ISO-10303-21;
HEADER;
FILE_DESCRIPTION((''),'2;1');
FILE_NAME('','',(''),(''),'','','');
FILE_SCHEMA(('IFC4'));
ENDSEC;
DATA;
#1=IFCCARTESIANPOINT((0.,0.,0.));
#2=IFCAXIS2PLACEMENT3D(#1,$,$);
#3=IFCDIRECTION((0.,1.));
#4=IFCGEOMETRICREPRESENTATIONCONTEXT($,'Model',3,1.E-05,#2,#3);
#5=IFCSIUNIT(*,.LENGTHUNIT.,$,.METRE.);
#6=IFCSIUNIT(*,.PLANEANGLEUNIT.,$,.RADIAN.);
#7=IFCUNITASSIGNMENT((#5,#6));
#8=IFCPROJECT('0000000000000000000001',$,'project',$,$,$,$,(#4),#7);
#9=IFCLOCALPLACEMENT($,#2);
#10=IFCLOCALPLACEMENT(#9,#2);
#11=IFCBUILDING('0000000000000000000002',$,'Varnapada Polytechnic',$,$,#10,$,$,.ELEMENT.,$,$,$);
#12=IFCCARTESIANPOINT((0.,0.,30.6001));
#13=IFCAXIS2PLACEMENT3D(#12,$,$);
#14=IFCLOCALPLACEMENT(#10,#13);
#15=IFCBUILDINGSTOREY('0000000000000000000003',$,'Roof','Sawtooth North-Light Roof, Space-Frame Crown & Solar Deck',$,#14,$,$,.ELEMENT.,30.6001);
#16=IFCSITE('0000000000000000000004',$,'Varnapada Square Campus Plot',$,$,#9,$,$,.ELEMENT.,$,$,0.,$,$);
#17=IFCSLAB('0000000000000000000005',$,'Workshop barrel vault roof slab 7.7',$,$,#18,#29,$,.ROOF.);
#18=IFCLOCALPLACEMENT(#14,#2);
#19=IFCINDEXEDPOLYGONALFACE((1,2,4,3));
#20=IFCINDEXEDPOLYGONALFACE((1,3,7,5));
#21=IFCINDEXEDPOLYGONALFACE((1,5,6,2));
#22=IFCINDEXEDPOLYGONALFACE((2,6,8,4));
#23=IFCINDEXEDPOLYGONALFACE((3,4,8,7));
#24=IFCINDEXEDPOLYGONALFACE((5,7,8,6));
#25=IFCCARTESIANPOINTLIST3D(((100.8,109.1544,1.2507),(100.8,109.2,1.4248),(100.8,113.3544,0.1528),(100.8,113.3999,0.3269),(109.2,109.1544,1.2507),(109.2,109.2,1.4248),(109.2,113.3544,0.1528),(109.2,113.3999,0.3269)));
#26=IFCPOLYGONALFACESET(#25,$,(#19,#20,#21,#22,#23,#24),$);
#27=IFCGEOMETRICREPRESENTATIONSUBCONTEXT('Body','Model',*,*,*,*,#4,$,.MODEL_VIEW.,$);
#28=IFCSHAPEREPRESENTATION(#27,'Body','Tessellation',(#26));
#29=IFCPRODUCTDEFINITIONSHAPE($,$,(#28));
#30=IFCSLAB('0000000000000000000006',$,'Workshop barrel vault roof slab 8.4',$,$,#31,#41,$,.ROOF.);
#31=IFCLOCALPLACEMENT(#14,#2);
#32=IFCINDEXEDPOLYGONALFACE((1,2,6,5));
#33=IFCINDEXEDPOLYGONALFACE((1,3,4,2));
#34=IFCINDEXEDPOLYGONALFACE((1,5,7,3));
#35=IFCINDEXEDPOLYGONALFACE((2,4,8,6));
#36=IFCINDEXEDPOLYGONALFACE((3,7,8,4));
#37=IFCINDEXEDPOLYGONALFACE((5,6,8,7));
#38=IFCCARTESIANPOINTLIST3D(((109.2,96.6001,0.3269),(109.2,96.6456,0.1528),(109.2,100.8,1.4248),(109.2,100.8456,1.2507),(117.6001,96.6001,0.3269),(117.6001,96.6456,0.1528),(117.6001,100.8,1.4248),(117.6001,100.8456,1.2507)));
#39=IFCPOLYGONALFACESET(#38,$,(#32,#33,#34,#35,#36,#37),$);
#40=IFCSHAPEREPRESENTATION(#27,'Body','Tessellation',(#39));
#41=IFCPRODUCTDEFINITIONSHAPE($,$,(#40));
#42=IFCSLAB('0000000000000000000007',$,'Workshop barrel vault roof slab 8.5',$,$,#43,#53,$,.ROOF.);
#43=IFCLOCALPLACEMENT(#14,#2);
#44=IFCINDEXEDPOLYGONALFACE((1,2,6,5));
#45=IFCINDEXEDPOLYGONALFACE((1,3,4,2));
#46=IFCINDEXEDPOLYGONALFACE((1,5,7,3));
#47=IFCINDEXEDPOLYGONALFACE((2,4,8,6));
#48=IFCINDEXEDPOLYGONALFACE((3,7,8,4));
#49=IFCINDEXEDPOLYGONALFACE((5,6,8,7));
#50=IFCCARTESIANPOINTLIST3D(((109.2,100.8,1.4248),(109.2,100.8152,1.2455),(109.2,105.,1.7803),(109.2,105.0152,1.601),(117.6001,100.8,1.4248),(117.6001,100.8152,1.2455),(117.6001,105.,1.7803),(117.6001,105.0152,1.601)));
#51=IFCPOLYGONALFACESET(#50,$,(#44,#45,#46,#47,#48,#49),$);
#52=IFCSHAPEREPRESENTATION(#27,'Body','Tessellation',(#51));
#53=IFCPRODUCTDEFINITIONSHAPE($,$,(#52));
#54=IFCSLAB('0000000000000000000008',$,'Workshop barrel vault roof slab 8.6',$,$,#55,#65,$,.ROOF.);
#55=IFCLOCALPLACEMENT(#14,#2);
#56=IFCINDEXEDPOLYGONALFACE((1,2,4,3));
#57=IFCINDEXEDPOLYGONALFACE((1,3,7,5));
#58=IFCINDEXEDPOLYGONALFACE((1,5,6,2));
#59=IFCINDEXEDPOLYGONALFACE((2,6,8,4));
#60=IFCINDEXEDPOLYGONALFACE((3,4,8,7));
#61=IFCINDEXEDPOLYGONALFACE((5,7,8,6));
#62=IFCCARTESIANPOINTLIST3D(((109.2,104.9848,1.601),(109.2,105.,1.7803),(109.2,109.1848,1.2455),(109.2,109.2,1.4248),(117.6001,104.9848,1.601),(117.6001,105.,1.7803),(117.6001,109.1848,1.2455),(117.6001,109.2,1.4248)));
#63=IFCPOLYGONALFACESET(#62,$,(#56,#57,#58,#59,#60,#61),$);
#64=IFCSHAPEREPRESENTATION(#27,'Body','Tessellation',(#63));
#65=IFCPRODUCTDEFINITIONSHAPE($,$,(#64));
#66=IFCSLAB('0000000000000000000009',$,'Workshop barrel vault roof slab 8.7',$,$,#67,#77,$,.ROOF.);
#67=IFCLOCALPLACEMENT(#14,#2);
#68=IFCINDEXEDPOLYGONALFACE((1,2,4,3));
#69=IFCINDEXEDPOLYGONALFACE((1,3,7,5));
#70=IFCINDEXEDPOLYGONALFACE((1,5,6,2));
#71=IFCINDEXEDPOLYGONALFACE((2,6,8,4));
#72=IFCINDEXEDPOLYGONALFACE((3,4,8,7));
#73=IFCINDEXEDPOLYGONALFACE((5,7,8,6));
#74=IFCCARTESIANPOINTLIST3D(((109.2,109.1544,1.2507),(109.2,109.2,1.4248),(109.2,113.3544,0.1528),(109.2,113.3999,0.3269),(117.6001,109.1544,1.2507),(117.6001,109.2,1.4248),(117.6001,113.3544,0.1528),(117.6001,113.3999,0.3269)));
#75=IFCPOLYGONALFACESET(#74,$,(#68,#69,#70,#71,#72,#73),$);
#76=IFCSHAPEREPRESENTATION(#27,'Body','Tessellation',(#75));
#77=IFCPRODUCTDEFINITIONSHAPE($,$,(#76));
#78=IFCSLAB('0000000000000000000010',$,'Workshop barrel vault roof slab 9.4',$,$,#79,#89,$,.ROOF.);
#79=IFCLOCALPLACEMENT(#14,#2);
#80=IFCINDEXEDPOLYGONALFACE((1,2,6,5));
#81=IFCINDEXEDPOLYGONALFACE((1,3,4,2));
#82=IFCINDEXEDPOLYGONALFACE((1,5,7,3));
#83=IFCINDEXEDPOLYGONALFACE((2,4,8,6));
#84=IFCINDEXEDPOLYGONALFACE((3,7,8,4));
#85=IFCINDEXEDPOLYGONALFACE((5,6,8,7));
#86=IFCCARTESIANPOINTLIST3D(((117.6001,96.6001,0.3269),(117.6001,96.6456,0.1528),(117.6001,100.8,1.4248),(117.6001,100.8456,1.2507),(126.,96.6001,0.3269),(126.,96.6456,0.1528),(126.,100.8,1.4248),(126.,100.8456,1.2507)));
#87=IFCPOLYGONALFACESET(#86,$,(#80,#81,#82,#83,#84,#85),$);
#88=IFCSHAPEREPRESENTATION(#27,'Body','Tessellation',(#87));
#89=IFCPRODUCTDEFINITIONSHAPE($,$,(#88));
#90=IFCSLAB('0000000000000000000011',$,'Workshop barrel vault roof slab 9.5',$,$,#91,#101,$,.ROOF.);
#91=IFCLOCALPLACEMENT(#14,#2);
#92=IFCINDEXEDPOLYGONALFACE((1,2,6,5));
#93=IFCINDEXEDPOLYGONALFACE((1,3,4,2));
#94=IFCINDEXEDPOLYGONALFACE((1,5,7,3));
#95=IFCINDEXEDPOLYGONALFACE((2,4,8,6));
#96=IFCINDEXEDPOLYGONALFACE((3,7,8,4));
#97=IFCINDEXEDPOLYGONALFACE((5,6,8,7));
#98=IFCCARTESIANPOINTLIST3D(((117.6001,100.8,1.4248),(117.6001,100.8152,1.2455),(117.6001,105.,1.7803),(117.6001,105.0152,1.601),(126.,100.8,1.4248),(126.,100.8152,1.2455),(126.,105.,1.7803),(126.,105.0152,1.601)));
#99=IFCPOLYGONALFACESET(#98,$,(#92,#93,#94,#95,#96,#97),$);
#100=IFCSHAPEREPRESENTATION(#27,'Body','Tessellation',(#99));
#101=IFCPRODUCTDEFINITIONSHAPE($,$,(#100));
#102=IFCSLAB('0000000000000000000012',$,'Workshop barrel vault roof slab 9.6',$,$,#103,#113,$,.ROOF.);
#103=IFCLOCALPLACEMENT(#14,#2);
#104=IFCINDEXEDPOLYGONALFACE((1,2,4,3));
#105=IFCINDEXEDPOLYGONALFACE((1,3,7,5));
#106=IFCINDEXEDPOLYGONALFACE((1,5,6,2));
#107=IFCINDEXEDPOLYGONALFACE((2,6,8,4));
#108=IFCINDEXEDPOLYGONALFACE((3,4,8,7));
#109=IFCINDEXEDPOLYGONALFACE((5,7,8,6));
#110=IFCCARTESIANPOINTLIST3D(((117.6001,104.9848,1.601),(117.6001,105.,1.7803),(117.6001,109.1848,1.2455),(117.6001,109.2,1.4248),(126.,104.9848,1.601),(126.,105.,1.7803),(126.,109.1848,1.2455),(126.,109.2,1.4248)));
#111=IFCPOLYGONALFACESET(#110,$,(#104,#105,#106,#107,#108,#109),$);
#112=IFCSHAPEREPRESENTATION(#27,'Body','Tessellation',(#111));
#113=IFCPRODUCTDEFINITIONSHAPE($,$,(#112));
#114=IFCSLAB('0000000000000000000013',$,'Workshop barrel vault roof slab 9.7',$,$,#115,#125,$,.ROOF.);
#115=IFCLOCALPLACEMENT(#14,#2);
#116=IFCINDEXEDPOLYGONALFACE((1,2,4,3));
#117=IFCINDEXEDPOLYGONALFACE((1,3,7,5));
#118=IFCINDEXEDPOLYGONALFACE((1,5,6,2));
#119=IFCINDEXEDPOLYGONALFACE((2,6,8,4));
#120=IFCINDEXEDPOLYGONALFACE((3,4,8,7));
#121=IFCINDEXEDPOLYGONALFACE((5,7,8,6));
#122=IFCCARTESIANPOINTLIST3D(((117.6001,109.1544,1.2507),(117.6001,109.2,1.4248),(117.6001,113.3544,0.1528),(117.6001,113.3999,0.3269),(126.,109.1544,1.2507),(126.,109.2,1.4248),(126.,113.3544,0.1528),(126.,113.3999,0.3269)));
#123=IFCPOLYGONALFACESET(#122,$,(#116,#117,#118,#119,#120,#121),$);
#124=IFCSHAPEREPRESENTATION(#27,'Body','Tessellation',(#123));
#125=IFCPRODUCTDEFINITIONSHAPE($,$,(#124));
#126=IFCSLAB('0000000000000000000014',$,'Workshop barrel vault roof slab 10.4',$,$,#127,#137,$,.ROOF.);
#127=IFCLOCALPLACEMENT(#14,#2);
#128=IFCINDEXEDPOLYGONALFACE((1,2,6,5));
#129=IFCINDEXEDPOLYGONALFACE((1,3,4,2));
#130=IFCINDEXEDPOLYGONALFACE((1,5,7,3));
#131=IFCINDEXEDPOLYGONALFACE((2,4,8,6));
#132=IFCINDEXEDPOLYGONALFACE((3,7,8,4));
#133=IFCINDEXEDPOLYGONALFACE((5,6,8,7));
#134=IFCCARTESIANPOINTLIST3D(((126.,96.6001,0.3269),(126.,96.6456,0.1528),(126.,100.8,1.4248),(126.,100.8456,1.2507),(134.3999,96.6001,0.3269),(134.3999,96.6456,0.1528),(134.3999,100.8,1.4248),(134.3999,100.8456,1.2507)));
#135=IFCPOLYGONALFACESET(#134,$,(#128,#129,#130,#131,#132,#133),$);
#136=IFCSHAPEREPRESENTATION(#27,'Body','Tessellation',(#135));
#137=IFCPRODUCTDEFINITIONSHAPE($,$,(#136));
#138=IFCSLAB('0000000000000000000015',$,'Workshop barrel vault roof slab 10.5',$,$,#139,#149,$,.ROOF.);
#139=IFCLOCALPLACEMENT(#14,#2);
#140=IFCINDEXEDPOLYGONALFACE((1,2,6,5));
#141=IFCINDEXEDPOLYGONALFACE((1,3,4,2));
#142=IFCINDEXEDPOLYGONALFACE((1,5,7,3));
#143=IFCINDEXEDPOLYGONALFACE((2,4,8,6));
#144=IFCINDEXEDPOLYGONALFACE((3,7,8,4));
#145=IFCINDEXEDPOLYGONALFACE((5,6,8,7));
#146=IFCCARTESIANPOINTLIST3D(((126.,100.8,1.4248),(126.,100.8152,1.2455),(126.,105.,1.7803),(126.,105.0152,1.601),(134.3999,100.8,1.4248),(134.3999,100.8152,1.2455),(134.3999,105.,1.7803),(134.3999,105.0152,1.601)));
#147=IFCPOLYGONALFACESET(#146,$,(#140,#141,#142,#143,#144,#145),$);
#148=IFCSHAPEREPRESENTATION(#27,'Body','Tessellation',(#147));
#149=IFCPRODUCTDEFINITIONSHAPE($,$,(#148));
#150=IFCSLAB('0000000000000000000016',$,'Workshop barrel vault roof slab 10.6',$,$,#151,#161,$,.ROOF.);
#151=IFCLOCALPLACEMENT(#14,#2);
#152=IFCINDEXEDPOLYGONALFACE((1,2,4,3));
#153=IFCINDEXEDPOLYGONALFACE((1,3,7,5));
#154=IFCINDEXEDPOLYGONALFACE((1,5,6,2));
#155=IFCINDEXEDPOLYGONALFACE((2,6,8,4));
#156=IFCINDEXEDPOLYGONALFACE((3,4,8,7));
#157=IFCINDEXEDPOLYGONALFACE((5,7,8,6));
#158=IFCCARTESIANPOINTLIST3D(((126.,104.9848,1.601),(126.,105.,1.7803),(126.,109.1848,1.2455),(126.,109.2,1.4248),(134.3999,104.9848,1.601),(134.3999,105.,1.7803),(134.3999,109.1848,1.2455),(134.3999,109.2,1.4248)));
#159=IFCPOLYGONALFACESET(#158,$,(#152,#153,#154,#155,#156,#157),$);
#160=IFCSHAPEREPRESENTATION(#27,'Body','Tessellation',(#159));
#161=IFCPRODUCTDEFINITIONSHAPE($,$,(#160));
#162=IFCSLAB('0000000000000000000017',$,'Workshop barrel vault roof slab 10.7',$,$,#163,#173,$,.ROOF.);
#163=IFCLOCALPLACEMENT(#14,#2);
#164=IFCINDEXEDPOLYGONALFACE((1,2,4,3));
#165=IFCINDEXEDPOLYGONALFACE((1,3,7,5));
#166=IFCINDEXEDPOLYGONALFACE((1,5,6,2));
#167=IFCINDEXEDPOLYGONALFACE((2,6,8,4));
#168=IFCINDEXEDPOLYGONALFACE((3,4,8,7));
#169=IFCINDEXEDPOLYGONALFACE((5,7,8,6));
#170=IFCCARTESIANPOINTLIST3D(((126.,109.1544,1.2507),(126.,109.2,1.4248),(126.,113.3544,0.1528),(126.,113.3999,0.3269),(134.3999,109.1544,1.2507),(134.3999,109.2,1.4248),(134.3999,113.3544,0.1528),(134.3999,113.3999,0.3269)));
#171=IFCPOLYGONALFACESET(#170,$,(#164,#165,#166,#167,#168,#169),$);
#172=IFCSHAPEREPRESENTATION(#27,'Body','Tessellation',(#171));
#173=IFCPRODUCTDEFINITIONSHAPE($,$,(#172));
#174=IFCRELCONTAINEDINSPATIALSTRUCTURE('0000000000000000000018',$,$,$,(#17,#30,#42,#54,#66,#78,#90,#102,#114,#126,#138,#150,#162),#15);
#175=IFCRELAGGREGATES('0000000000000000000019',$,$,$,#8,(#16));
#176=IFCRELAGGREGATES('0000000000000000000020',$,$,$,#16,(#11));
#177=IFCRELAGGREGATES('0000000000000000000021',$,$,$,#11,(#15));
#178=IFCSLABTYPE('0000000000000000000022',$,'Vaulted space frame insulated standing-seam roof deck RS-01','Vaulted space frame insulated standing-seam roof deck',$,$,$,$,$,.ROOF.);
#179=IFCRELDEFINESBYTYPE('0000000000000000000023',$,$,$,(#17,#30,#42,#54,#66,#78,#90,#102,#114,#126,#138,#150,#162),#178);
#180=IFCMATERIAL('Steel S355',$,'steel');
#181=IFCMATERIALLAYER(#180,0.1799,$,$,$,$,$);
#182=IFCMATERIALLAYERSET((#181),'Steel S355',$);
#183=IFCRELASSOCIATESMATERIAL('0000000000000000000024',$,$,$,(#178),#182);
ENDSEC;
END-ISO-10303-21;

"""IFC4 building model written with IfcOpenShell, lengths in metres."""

from ifc_helpers import new_model, si_unit, direction, frame, origin, place, context, subcontext, project, spatial, polyline, outline, extrude, material, layer, layer_set, type_object, element, save


model = new_model("IFC4")

# Units and contexts
model_context = context("Model", 3, precision=1e-05, world=origin(), true_north=direction((0.0, 1.0)))
body_context = subcontext(model_context, "Body", "Model", "MODEL_VIEW")
ifc_project = project(units=[si_unit("LENGTHUNIT", "METRE"), si_unit("PLANEANGLEUNIT", "RADIAN")], contexts=[model_context])

# Site, building, storey
site_placement = place(None, origin())
site = spatial("IfcSite", under=ifc_project, at=site_placement, Name="Varnapada Square Campus Plot", CompositionType="ELEMENT", RefElevation=0.0)
building_placement = place(site_placement, origin())
building = spatial("IfcBuilding", under=site, at=building_placement, Name="Varnapada Polytechnic", CompositionType="ELEMENT")
storey_placement = place(building_placement, frame((0.0, 0.0, 30.6001)))
storey = spatial("IfcBuildingStorey", under=building, at=storey_placement, Name="Roof", Description="Sawtooth North-Light Roof, Space-Frame Crown & Solar Deck", CompositionType="ELEMENT", Elevation=30.6001)

# Slabs
ifc_material = material(Name="Steel S355", Category="steel")
ifc_layer = layer(ifc_material, 0.1799)
ifc_layer_set = layer_set([ifc_layer], Name="Steel S355")
slab_type = type_object("IfcSlabType", Name="Vaulted space frame insulated standing-seam roof deck RS-01", Description="Vaulted space frame insulated standing-seam roof deck", PredefinedType="ROOF", material=ifc_layer_set)
slab_1_placement = place(storey_placement, frame((100.8, 109.2, 1.4248), z_axis=(0.0, 0.25291, 0.96749), x_axis=(1.0, 0.0, 0.0)))
element("IfcSlab", 1, at=slab_1_placement, inside=storey, type_object=slab_type, Name="Workshop barrel vault roof slab 7.7", PredefinedType="ROOF", context=body_context, shape_type="SweptSolid", body=[
    extrude(outline(polyline([(0.0, 0.0), (8.3999, 0.0), (8.3999, 4.3411), (0.0, 4.3411), (0.0, 0.0)])), origin(), (0.0, 0.0, -1.0), 0.1799),
])
slab_2_placement = place(storey_placement, frame((109.2, 96.6001, 0.3269), z_axis=(0.0, -0.25291, 0.96749), x_axis=(1.0, 0.0, 0.0)))
element("IfcSlab", 2, at=slab_2_placement, inside=storey, type_object=slab_type, Name="Workshop barrel vault roof slab 8.4", PredefinedType="ROOF", context=body_context, shape_type="SweptSolid", body=[
    extrude(outline(polyline([(0.0, 0.0), (8.4001, 0.0), (8.4001, 4.3411), (0.0, 4.3411), (0.0, 0.0)])), origin(), (0.0, 0.0, -1.0), 0.1799),
])
for number, where, z_axis, x_axis, name in (
    (3, (109.2, 100.8, 1.4248), (0.0, -0.084335, 0.996437), (1.0, 0.0, 0.0), "Workshop barrel vault roof slab 8.5"),
    (4, (109.2, 105.0, 1.7803), (0.0, 0.084335, 0.996437), (1.0, 0.0, 0.0), "Workshop barrel vault roof slab 8.6"),
):
    element("IfcSlab", number, at=place(storey_placement, frame(where, z_axis=z_axis, x_axis=x_axis)), inside=storey, type_object=slab_type, Name=name, PredefinedType="ROOF", context=body_context, shape_type="SweptSolid", body=[
        extrude(outline(polyline([(0.0, 0.0), (8.4001, 0.0), (8.4001, 4.215), (0.0, 4.215), (0.0, 0.0)])), origin(), (0.0, 0.0, -1.0), 0.1799),
    ])
slab_3_placement = place(storey_placement, frame((109.2, 109.2, 1.4248), z_axis=(0.0, 0.25291, 0.96749), x_axis=(1.0, 0.0, 0.0)))
element("IfcSlab", 5, at=slab_3_placement, inside=storey, type_object=slab_type, Name="Workshop barrel vault roof slab 8.7", PredefinedType="ROOF", context=body_context, shape_type="SweptSolid", body=[
    extrude(outline(polyline([(0.0, 0.0), (8.4001, 0.0), (8.4001, 4.3411), (0.0, 4.3411), (0.0, 0.0)])), origin(), (0.0, 0.0, -1.0), 0.1799),
])
slab_4_placement = place(storey_placement, frame((117.6001, 96.6001, 0.3269), z_axis=(0.0, -0.25291, 0.96749), x_axis=(1.0, 0.0, 0.0)))
element("IfcSlab", 6, at=slab_4_placement, inside=storey, type_object=slab_type, Name="Workshop barrel vault roof slab 9.4", PredefinedType="ROOF", context=body_context, shape_type="SweptSolid", body=[
    extrude(outline(polyline([(0.0, 0.0), (8.3999, 0.0), (8.3999, 4.3411), (0.0, 4.3411), (0.0, 0.0)])), origin(), (0.0, 0.0, -1.0), 0.1799),
])
for number, where, z_axis, x_axis, name in (
    (7, (117.6001, 100.8, 1.4248), (0.0, -0.084335, 0.996437), (1.0, 0.0, 0.0), "Workshop barrel vault roof slab 9.5"),
    (8, (117.6001, 105.0, 1.7803), (0.0, 0.084335, 0.996437), (1.0, 0.0, 0.0), "Workshop barrel vault roof slab 9.6"),
):
    element("IfcSlab", number, at=place(storey_placement, frame(where, z_axis=z_axis, x_axis=x_axis)), inside=storey, type_object=slab_type, Name=name, PredefinedType="ROOF", context=body_context, shape_type="SweptSolid", body=[
        extrude(outline(polyline([(0.0, 0.0), (8.3999, 0.0), (8.3999, 4.215), (0.0, 4.215), (0.0, 0.0)])), origin(), (0.0, 0.0, -1.0), 0.1799),
    ])
for number, where, z_axis, x_axis, name in (
    (9, (117.6001, 109.2, 1.4248), (0.0, 0.25291, 0.96749), (1.0, 0.0, 0.0), "Workshop barrel vault roof slab 9.7"),
    (10, (126.0, 96.6001, 0.3269), (0.0, -0.25291, 0.96749), (1.0, 0.0, 0.0), "Workshop barrel vault roof slab 10.4"),
):
    element("IfcSlab", number, at=place(storey_placement, frame(where, z_axis=z_axis, x_axis=x_axis)), inside=storey, type_object=slab_type, Name=name, PredefinedType="ROOF", context=body_context, shape_type="SweptSolid", body=[
        extrude(outline(polyline([(0.0, 0.0), (8.3999, 0.0), (8.3999, 4.3411), (0.0, 4.3411), (0.0, 0.0)])), origin(), (0.0, 0.0, -1.0), 0.1799),
    ])
for number, where, z_axis, x_axis, name in (
    (11, (126.0, 100.8, 1.4248), (0.0, -0.084335, 0.996437), (1.0, 0.0, 0.0), "Workshop barrel vault roof slab 10.5"),
    (12, (126.0, 105.0, 1.7803), (0.0, 0.084335, 0.996437), (1.0, 0.0, 0.0), "Workshop barrel vault roof slab 10.6"),
):
    element("IfcSlab", number, at=place(storey_placement, frame(where, z_axis=z_axis, x_axis=x_axis)), inside=storey, type_object=slab_type, Name=name, PredefinedType="ROOF", context=body_context, shape_type="SweptSolid", body=[
        extrude(outline(polyline([(0.0, 0.0), (8.3999, 0.0), (8.3999, 4.215), (0.0, 4.215), (0.0, 0.0)])), origin(), (0.0, 0.0, -1.0), 0.1799),
    ])
slab_5_placement = place(storey_placement, frame((126.0, 109.2, 1.4248), z_axis=(0.0, 0.25291, 0.96749), x_axis=(1.0, 0.0, 0.0)))
element("IfcSlab", 13, at=slab_5_placement, inside=storey, type_object=slab_type, Name="Workshop barrel vault roof slab 10.7", PredefinedType="ROOF", context=body_context, shape_type="SweptSolid", body=[
    extrude(outline(polyline([(0.0, 0.0), (8.3999, 0.0), (8.3999, 4.3411), (0.0, 4.3411), (0.0, 0.0)])), origin(), (0.0, 0.0, -1.0), 0.1799),
])

save(model, "model.ifc")
